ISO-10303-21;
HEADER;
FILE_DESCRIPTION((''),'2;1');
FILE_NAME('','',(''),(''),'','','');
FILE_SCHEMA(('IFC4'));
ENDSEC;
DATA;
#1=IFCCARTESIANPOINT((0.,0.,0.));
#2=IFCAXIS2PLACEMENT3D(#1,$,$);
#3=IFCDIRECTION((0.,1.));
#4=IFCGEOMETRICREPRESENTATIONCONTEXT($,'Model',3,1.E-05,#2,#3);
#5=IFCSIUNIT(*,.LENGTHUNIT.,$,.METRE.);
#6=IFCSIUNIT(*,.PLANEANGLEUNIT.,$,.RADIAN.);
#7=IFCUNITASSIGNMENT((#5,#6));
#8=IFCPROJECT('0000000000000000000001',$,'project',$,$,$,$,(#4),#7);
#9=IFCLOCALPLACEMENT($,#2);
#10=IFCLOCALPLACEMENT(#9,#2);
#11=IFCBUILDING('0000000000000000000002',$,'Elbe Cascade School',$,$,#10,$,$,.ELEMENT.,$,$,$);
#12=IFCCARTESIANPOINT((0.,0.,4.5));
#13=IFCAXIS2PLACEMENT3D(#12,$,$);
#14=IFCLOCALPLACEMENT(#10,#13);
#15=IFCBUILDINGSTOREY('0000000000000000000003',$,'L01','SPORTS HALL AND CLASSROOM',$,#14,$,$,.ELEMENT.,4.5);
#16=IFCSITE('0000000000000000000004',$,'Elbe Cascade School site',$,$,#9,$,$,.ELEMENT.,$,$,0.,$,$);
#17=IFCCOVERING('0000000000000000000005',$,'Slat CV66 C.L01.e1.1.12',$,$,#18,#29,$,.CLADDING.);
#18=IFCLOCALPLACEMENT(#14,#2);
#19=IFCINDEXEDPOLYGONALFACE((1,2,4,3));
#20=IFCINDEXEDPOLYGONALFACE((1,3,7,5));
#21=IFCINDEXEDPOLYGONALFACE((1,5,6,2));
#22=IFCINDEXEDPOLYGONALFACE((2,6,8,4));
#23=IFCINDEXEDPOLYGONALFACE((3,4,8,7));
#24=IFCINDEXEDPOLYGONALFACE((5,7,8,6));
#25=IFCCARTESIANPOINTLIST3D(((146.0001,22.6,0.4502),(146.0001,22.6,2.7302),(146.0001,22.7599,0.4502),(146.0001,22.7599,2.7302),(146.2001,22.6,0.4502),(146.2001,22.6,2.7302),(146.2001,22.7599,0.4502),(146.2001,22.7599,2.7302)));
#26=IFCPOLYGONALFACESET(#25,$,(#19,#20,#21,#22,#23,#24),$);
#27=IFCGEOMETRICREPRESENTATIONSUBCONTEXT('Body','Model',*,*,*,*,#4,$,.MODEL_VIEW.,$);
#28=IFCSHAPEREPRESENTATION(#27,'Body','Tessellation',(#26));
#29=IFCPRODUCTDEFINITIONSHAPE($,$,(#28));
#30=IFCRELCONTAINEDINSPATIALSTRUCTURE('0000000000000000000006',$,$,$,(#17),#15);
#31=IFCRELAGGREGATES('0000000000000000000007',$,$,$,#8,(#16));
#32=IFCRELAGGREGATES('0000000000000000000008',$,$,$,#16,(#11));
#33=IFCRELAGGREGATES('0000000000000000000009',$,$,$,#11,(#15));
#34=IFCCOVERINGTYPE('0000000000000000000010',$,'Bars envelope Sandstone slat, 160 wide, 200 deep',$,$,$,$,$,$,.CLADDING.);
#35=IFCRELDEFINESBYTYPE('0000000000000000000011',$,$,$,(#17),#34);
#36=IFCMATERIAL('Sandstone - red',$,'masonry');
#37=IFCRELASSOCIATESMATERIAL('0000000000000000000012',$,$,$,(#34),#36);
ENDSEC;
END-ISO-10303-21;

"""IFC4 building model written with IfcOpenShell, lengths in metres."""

from ifc_helpers import new_model, si_unit, direction, frame, origin, origin_2d, place, context, subcontext, project, spatial, rectangle, extrude, material, type_object, element, save


model = new_model("IFC4")

# Units and contexts
model_context = context("Model", 3, precision=1e-05, world=origin(), true_north=direction((0.0, 1.0)))
body_context = subcontext(model_context, "Body", "Model", "MODEL_VIEW")
ifc_project = project(units=[si_unit("LENGTHUNIT", "METRE"), si_unit("PLANEANGLEUNIT", "RADIAN")], contexts=[model_context])

# Site, building, storey
site_placement = place(None, origin())
site = spatial("IfcSite", under=ifc_project, at=site_placement, Name="Elbe Cascade School site", CompositionType="ELEMENT", RefElevation=0.0)
building_placement = place(site_placement, origin())
building = spatial("IfcBuilding", under=site, at=building_placement, Name="Elbe Cascade School", CompositionType="ELEMENT")
storey_placement = place(building_placement, frame((0.0, 0.0, 4.5)))
storey = spatial("IfcBuildingStorey", under=building, at=storey_placement, Name="L01", Description="SPORTS HALL AND CLASSROOM", CompositionType="ELEMENT", Elevation=4.5)

# Covering
ifc_material_1 = material(Name="Sandstone - red", Category="masonry")
covering_type_1 = type_object("IfcCoveringType", Name="Bars envelope Sandstone slat, 160 wide, 200 deep", PredefinedType="CLADDING", material=ifc_material_1)
for number, where, z_axis, x_axis, name in (
    (1, (146.1001, 22.6799, 0.4502), (0.0, 0.0, 1.0), (0.0, 1.0, 0.0), "Slat CV66 C.L01.e1.1.12"),
):
    element("IfcCovering", number, at=place(storey_placement, frame(where, z_axis=z_axis, x_axis=x_axis)), inside=storey, type_object=covering_type_1, Name=name, PredefinedType="CLADDING", context=body_context, shape_type="SweptSolid", body=[
        extrude(rectangle(XDim=0.1599, YDim=0.2, at=origin_2d()), origin(), (0.0, 0.0, 1.0), 2.28),
    ])

save(model, "model.ifc")
